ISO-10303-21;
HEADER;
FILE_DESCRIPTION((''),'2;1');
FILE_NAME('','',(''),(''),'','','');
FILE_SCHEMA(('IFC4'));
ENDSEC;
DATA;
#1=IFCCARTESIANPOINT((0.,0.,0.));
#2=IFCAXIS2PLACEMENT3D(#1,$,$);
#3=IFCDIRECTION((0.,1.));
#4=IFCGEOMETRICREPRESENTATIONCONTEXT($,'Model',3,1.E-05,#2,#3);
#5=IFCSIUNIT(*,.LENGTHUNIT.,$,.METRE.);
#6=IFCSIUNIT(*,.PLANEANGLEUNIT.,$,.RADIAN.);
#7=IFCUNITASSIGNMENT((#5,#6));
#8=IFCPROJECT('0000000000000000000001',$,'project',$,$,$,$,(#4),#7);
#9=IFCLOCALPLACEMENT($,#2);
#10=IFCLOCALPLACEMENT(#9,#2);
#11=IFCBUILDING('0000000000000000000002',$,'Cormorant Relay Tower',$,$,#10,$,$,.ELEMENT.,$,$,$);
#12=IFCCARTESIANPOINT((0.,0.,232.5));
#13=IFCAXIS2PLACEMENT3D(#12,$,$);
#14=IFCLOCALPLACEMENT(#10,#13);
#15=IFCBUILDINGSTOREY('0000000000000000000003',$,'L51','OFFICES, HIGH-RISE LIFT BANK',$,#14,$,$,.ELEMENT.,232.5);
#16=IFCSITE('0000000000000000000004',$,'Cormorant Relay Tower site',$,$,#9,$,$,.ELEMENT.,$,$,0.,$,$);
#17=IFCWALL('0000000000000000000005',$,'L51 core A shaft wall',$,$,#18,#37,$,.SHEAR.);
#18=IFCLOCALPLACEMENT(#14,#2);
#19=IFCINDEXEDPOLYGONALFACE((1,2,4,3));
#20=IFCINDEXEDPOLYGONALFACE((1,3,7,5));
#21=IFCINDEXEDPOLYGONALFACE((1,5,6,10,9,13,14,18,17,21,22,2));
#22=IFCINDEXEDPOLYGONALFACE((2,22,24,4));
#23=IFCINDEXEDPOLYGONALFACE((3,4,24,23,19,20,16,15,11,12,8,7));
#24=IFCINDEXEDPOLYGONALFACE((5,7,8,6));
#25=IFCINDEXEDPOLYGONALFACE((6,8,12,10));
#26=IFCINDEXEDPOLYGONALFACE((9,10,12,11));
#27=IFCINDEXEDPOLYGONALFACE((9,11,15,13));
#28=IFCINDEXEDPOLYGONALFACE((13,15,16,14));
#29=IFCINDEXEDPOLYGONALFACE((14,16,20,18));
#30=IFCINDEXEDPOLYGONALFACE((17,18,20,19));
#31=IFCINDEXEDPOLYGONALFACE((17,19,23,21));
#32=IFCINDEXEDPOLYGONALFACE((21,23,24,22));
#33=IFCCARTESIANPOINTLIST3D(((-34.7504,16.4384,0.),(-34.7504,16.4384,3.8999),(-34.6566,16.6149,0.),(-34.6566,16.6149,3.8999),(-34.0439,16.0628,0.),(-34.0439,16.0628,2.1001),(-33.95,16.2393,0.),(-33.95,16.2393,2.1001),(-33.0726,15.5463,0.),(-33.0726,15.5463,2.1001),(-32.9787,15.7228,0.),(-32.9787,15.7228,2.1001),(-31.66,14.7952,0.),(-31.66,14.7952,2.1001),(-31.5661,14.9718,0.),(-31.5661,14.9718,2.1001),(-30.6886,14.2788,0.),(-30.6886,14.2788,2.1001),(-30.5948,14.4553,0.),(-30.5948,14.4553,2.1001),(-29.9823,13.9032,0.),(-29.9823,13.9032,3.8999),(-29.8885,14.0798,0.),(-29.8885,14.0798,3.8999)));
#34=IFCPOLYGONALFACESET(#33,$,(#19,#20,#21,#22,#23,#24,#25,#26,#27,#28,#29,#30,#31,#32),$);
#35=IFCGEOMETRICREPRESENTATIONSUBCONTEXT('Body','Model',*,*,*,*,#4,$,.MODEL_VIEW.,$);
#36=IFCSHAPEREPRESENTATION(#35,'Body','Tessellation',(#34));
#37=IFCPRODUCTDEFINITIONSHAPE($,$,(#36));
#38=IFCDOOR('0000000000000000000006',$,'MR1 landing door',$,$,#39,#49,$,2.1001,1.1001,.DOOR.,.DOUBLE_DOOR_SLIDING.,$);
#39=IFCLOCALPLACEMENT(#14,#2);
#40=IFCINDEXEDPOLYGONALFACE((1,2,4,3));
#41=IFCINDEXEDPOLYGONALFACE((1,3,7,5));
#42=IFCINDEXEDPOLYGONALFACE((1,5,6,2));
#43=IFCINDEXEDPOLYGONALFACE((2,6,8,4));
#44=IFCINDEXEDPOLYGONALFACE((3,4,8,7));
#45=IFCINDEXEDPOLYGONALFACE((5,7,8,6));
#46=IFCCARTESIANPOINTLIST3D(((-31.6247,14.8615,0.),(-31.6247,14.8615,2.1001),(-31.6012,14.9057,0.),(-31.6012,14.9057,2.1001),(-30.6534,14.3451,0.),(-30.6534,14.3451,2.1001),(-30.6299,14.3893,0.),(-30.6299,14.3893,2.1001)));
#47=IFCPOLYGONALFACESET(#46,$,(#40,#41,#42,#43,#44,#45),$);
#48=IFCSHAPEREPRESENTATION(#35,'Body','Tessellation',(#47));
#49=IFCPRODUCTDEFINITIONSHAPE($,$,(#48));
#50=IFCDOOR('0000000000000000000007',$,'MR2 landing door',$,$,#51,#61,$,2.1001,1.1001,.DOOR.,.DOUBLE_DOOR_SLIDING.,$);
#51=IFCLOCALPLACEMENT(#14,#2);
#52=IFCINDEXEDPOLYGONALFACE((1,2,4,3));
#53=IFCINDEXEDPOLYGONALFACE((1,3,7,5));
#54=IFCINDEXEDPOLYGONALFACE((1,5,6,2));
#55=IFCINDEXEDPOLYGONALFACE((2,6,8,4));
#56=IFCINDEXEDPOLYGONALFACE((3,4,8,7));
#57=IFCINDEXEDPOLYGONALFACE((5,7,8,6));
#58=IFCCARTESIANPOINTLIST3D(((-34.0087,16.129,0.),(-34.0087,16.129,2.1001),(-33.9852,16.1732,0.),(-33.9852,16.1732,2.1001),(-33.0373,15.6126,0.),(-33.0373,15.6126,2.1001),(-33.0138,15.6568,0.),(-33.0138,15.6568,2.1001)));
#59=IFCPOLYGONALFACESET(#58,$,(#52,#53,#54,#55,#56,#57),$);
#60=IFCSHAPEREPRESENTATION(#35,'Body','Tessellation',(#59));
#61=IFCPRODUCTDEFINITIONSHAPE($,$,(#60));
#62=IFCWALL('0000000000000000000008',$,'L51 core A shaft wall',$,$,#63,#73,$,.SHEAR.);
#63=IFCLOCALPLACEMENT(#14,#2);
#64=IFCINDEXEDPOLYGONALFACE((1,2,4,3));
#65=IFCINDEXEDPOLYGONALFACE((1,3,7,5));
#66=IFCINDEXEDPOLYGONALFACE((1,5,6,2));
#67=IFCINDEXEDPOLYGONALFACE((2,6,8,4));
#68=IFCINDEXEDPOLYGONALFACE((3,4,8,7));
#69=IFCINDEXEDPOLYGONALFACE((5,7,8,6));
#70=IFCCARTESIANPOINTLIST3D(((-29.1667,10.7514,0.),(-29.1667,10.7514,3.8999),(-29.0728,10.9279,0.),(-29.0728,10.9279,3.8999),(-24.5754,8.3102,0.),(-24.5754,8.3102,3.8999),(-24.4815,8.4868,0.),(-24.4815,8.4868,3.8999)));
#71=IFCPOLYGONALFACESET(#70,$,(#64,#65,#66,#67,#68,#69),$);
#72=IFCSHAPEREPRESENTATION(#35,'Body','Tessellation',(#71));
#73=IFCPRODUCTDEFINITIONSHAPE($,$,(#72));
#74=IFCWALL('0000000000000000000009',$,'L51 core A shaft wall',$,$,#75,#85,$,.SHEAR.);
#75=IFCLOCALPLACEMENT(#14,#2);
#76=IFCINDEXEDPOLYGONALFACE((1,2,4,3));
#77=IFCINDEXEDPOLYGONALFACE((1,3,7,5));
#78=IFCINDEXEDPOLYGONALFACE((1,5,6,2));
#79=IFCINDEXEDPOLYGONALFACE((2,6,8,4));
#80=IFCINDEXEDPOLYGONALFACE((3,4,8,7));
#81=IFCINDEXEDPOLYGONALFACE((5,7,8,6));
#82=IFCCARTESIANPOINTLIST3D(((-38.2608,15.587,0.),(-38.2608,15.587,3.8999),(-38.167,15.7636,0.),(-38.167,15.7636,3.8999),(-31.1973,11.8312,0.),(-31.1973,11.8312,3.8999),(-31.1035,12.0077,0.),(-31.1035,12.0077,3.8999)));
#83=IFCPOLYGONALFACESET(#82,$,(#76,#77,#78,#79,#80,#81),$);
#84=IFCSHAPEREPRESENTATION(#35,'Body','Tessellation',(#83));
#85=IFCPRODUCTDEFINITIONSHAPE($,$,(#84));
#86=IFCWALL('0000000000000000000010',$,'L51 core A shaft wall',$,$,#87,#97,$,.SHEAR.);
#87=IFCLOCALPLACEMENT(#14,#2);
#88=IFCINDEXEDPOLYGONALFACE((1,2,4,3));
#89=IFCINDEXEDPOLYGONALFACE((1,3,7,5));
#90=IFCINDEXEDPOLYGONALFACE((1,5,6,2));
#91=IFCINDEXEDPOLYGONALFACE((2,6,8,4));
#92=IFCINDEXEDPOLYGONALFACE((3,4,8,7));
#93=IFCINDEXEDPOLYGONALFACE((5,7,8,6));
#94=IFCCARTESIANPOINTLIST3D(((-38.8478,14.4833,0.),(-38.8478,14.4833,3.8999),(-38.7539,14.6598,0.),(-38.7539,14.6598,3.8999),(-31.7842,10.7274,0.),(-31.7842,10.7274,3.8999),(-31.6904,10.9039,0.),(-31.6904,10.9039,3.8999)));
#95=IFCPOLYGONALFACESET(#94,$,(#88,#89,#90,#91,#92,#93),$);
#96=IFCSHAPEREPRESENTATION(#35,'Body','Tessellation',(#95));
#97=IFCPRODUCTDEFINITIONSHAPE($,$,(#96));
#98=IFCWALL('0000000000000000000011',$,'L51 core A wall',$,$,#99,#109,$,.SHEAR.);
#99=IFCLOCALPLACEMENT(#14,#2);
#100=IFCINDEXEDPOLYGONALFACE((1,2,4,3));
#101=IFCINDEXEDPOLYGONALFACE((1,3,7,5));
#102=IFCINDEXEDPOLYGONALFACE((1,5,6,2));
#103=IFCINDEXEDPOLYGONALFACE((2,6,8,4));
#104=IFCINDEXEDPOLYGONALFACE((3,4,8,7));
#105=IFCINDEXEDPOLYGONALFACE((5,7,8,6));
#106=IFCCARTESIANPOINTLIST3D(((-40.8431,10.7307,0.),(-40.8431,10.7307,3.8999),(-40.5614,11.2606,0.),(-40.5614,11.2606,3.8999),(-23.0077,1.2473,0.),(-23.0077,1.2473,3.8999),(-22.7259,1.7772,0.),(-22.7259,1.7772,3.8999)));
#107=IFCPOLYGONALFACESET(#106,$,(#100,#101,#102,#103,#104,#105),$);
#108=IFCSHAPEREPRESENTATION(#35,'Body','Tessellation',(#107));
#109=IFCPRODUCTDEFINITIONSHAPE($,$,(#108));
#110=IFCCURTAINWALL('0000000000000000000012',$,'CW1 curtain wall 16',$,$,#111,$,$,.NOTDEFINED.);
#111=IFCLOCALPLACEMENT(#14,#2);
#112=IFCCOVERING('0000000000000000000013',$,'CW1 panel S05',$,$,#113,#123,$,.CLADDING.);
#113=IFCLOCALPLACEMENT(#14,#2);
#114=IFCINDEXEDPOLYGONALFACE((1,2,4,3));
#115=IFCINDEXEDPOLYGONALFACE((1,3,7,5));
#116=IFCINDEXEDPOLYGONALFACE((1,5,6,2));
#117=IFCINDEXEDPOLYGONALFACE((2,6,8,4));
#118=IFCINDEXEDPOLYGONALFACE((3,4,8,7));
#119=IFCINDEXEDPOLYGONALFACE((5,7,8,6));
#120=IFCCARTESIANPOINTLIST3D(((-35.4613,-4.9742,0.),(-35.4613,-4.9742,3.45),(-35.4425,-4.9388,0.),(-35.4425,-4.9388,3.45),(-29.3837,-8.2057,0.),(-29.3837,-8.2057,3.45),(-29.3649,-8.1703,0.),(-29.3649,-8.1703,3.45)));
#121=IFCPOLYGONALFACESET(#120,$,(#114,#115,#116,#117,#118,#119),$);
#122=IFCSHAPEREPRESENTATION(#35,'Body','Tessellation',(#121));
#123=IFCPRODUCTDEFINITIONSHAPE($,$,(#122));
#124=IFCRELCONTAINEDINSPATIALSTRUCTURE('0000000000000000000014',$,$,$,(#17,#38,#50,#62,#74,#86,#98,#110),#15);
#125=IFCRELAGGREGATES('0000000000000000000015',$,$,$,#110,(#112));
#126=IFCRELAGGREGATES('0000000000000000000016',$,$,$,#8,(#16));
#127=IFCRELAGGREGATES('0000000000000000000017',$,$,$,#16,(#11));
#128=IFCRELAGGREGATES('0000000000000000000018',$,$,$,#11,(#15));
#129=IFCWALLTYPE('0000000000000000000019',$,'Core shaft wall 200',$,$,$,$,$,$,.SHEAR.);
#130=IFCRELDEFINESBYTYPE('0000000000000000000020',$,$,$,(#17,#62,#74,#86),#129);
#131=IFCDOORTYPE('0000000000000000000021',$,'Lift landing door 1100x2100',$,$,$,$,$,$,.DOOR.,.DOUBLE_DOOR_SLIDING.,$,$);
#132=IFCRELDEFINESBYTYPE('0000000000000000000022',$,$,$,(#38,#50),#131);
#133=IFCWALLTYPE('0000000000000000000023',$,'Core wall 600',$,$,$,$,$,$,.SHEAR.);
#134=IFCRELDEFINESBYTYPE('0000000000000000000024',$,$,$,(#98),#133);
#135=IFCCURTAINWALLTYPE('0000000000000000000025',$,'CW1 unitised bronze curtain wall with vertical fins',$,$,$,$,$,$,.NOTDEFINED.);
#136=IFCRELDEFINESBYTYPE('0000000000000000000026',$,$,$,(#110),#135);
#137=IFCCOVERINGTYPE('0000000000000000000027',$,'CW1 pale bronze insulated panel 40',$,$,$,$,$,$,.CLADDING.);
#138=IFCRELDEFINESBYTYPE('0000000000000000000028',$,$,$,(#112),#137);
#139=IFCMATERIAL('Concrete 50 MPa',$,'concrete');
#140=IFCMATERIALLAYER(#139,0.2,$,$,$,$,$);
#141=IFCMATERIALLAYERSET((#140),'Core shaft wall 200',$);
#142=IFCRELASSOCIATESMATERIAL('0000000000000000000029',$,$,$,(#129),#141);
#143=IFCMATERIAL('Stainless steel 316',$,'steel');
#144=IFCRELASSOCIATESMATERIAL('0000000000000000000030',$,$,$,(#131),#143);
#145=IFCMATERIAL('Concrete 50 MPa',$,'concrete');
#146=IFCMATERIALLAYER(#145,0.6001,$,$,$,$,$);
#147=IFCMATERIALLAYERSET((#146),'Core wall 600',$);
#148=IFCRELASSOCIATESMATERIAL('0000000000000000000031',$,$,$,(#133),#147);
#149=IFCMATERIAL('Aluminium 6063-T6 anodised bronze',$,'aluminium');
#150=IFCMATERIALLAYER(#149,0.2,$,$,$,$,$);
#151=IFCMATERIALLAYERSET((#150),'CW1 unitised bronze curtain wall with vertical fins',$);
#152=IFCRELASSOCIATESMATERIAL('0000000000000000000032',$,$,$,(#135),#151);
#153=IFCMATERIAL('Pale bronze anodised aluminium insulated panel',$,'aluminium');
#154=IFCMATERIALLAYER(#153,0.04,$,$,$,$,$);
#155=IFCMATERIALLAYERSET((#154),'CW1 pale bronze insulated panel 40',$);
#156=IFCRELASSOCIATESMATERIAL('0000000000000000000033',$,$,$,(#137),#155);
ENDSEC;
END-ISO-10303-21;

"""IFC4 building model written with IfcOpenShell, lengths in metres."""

from ifc_helpers import new_model, si_unit, direction, frame, frame_2d, origin, origin_2d, place, context, subcontext, project, spatial, rectangle, extrude, material, layer, layer_set, type_object, element, fill, aggregate, save


model = new_model("IFC4")

# Units and contexts
model_context = context("Model", 3, precision=1e-05, world=origin(), true_north=direction((0.0, 1.0)))
body_context = subcontext(model_context, "Body", "Model", "MODEL_VIEW")
ifc_project = project(units=[si_unit("LENGTHUNIT", "METRE"), si_unit("PLANEANGLEUNIT", "RADIAN")], contexts=[model_context])

# Site, building, storey
site_placement = place(None, origin())
site = spatial("IfcSite", under=ifc_project, at=site_placement, Name="Cormorant Relay Tower site", CompositionType="ELEMENT", RefElevation=0.0)
building_placement = place(site_placement, origin())
building = spatial("IfcBuilding", under=site, at=building_placement, Name="Cormorant Relay Tower", CompositionType="ELEMENT")
storey_placement = place(building_placement, frame((0.0, 0.0, 232.5)))
storey = spatial("IfcBuildingStorey", under=building, at=storey_placement, Name="L51", Description="OFFICES, HIGH-RISE LIFT BANK", CompositionType="ELEMENT", Elevation=232.5)

# Shared definitions
ifc_material_1 = material(Name="Concrete 50 MPa", Category="concrete")
ifc_layer_1 = layer(ifc_material_1, 0.2)
ifc_layer_set_1 = layer_set([ifc_layer_1], Name="Core shaft wall 200")
wall_type_1 = type_object("IfcWallType", Name="Core shaft wall 200", PredefinedType="SHEAR", material=ifc_layer_set_1)

# Wall, openings, doors
wall_1_placement = place(storey_placement, frame((-29.9353, 13.9915, 0.0), z_axis=(0.0, 0.0, 1.0), x_axis=(-0.882953, 0.469462, 0.0)))
wall_1 = element("IfcWall", 1, at=wall_1_placement, inside=storey, type_object=wall_type_1, Name="L51 core A shaft wall", PredefinedType="SHEAR", context=body_context, shape_type="SweptSolid", body=[
    extrude(rectangle(XDim=5.4001, YDim=0.2, at=frame_2d((2.7002, 0.0))), origin(), (0.0, 0.0, 1.0), 3.8999),
])
opening_1_placement = place(wall_1_placement, frame((0.8, 0.0, 0.0)))
opening_1 = element("IfcOpeningElement", 2, at=opening_1_placement, cuts=wall_1, PredefinedType="OPENING", context=body_context, shape_type="SweptSolid", body=[
    extrude(rectangle(XDim=1.1001, YDim=2.1001, at=frame_2d((0.55, 1.05))), frame((0.0, 0.1099, 0.0), z_axis=(0.0, -1.0, 0.0), x_axis=(1.0, 0.0, 0.0)), (0.0, 0.0, 1.0), 0.22),
])
opening_2_placement = place(wall_1_placement, frame((3.5, 0.0, 0.0)))
opening_2 = element("IfcOpeningElement", 3, at=opening_2_placement, cuts=wall_1, PredefinedType="OPENING", context=body_context, shape_type="SweptSolid", body=[
    extrude(rectangle(XDim=1.1001, YDim=2.1001, at=frame_2d((0.55, 1.05))), frame((0.0, 0.1099, 0.0), z_axis=(0.0, -1.0, 0.0), x_axis=(1.0, 0.0, 0.0)), (0.0, 0.0, 1.0), 0.22),
])
ifc_material_2 = material(Name="Stainless steel 316", Category="steel")
door_type_1 = type_object("IfcDoorType", Name="Lift landing door 1100x2100", OperationType="DOUBLE_DOOR_SLIDING", PredefinedType="DOOR", material=ifc_material_2)
door_1_placement = place(opening_1_placement, origin())
door_1 = element("IfcDoor", 4, at=door_1_placement, inside=storey, type_object=door_type_1, Name="MR1 landing door", OperationType="DOUBLE_DOOR_SLIDING", OverallHeight=2.1001, OverallWidth=1.1001, PredefinedType="DOOR", context=body_context, shape_type="SweptSolid", body=[
    extrude(rectangle(XDim=1.1001, YDim=2.1001, at=frame_2d((0.55, 1.05))), frame((0.0, 0.0249, 0.0), z_axis=(0.0, -1.0, 0.0), x_axis=(1.0, 0.0, 0.0)), (0.0, 0.0, 1.0), 0.05),
])
fill(opening_1, door_1)
door_2_placement = place(opening_2_placement, origin())
door_2 = element("IfcDoor", 5, at=door_2_placement, inside=storey, type_object=door_type_1, Name="MR2 landing door", OperationType="DOUBLE_DOOR_SLIDING", OverallHeight=2.1001, OverallWidth=1.1001, PredefinedType="DOOR", context=body_context, shape_type="SweptSolid", body=[
    extrude(rectangle(XDim=1.1001, YDim=2.1001, at=frame_2d((0.55, 1.05))), frame((0.0, 0.0249, 0.0), z_axis=(0.0, -1.0, 0.0), x_axis=(1.0, 0.0, 0.0)), (0.0, 0.0, 1.0), 0.05),
])
fill(opening_2, door_2)

# Walls
wall_2_placement = place(storey_placement, frame((-24.5283, 8.3984, 0.0), z_axis=(0.0, 0.0, 1.0), x_axis=(-0.882954, 0.46946, 0.0)))
element("IfcWall", 6, at=wall_2_placement, inside=storey, type_object=wall_type_1, Name="L51 core A shaft wall", PredefinedType="SHEAR", context=body_context, shape_type="SweptSolid", body=[
    extrude(rectangle(XDim=5.2, YDim=0.2, at=frame_2d((2.6001, 0.0))), origin(), (0.0, 0.0, 1.0), 3.8999),
])
for number, where, z_axis, x_axis, name in (
    (7, (-31.1504, 11.9194, 0.0), (0.0, 0.0, 1.0), (-0.88294, 0.469485, 0.0), "L51 core A shaft wall"),
    (8, (-31.7373, 10.8157, 0.0), (0.0, 0.0, 1.0), (-0.88294, 0.469485, 0.0), "L51 core A shaft wall"),
):
    element("IfcWall", number, at=place(storey_placement, frame(where, z_axis=z_axis, x_axis=x_axis)), inside=storey, type_object=wall_type_1, Name=name, PredefinedType="SHEAR", context=body_context, shape_type="SweptSolid", body=[
        extrude(rectangle(XDim=8.0, YDim=0.2, at=frame_2d((4.0, 0.0))), origin(), (0.0, 0.0, 1.0), 3.8999),
    ])
ifc_material_3 = material(Name="Concrete 50 MPa", Category="concrete")
ifc_layer_2 = layer(ifc_material_3, 0.6001)
ifc_layer_set_2 = layer_set([ifc_layer_2], Name="Core wall 600")
wall_type_2 = type_object("IfcWallType", Name="Core wall 600", PredefinedType="SHEAR", material=ifc_layer_set_2)
wall_3_placement = place(storey_placement, frame((-22.8667, 1.5122, 0.0), z_axis=(0.0, 0.0, 1.0), x_axis=(-0.882945, 0.469476, 0.0)))
element("IfcWall", 9, at=wall_3_placement, inside=storey, type_object=wall_type_2, Name="L51 core A wall", PredefinedType="SHEAR", context=body_context, shape_type="SweptSolid", body=[
    extrude(rectangle(XDim=20.2, YDim=0.6001, at=frame_2d((10.1001, 0.0))), origin(), (0.0, 0.0, 1.0), 3.8999),
])

# Curtain wall, covering
ifc_material_4 = material(Name="Aluminium 6063-T6 anodised bronze", Category="aluminium")
ifc_layer_3 = layer(ifc_material_4, 0.2)
ifc_layer_set_3 = layer_set([ifc_layer_3], Name="CW1 unitised bronze curtain wall with vertical fins")
curtain_wall_type = type_object("IfcCurtainWallType", Name="CW1 unitised bronze curtain wall with vertical fins", PredefinedType="NOTDEFINED", material=ifc_layer_set_3)
curtain_wall_placement = place(storey_placement, origin())
curtain_wall = element("IfcCurtainWall", 10, at=curtain_wall_placement, inside=storey, type_object=curtain_wall_type, Name="CW1 curtain wall 16", PredefinedType="NOTDEFINED")
ifc_material_5 = material(Name="Pale bronze anodised aluminium insulated panel", Category="aluminium")
ifc_layer_4 = layer(ifc_material_5, 0.04)
ifc_layer_set_4 = layer_set([ifc_layer_4], Name="CW1 pale bronze insulated panel 40")
covering_type = type_object("IfcCoveringType", Name="CW1 pale bronze insulated panel 40", PredefinedType="CLADDING", material=ifc_layer_set_4)
covering_placement = place(storey_placement, frame((-32.4131, -6.5723, 0.0), z_axis=(0.0, 0.0, 1.0), x_axis=(0.882948, -0.469472, 0.0)))
covering = element("IfcCovering", 11, at=covering_placement, type_object=covering_type, Name="CW1 panel S05", PredefinedType="CLADDING", context=body_context, shape_type="SweptSolid", body=[
    extrude(rectangle(XDim=6.8833, YDim=0.04, at=origin_2d()), origin(), (0.0, 0.0, 1.0), 3.45),
])
aggregate(curtain_wall, [covering])

save(model, "model.ifc")
